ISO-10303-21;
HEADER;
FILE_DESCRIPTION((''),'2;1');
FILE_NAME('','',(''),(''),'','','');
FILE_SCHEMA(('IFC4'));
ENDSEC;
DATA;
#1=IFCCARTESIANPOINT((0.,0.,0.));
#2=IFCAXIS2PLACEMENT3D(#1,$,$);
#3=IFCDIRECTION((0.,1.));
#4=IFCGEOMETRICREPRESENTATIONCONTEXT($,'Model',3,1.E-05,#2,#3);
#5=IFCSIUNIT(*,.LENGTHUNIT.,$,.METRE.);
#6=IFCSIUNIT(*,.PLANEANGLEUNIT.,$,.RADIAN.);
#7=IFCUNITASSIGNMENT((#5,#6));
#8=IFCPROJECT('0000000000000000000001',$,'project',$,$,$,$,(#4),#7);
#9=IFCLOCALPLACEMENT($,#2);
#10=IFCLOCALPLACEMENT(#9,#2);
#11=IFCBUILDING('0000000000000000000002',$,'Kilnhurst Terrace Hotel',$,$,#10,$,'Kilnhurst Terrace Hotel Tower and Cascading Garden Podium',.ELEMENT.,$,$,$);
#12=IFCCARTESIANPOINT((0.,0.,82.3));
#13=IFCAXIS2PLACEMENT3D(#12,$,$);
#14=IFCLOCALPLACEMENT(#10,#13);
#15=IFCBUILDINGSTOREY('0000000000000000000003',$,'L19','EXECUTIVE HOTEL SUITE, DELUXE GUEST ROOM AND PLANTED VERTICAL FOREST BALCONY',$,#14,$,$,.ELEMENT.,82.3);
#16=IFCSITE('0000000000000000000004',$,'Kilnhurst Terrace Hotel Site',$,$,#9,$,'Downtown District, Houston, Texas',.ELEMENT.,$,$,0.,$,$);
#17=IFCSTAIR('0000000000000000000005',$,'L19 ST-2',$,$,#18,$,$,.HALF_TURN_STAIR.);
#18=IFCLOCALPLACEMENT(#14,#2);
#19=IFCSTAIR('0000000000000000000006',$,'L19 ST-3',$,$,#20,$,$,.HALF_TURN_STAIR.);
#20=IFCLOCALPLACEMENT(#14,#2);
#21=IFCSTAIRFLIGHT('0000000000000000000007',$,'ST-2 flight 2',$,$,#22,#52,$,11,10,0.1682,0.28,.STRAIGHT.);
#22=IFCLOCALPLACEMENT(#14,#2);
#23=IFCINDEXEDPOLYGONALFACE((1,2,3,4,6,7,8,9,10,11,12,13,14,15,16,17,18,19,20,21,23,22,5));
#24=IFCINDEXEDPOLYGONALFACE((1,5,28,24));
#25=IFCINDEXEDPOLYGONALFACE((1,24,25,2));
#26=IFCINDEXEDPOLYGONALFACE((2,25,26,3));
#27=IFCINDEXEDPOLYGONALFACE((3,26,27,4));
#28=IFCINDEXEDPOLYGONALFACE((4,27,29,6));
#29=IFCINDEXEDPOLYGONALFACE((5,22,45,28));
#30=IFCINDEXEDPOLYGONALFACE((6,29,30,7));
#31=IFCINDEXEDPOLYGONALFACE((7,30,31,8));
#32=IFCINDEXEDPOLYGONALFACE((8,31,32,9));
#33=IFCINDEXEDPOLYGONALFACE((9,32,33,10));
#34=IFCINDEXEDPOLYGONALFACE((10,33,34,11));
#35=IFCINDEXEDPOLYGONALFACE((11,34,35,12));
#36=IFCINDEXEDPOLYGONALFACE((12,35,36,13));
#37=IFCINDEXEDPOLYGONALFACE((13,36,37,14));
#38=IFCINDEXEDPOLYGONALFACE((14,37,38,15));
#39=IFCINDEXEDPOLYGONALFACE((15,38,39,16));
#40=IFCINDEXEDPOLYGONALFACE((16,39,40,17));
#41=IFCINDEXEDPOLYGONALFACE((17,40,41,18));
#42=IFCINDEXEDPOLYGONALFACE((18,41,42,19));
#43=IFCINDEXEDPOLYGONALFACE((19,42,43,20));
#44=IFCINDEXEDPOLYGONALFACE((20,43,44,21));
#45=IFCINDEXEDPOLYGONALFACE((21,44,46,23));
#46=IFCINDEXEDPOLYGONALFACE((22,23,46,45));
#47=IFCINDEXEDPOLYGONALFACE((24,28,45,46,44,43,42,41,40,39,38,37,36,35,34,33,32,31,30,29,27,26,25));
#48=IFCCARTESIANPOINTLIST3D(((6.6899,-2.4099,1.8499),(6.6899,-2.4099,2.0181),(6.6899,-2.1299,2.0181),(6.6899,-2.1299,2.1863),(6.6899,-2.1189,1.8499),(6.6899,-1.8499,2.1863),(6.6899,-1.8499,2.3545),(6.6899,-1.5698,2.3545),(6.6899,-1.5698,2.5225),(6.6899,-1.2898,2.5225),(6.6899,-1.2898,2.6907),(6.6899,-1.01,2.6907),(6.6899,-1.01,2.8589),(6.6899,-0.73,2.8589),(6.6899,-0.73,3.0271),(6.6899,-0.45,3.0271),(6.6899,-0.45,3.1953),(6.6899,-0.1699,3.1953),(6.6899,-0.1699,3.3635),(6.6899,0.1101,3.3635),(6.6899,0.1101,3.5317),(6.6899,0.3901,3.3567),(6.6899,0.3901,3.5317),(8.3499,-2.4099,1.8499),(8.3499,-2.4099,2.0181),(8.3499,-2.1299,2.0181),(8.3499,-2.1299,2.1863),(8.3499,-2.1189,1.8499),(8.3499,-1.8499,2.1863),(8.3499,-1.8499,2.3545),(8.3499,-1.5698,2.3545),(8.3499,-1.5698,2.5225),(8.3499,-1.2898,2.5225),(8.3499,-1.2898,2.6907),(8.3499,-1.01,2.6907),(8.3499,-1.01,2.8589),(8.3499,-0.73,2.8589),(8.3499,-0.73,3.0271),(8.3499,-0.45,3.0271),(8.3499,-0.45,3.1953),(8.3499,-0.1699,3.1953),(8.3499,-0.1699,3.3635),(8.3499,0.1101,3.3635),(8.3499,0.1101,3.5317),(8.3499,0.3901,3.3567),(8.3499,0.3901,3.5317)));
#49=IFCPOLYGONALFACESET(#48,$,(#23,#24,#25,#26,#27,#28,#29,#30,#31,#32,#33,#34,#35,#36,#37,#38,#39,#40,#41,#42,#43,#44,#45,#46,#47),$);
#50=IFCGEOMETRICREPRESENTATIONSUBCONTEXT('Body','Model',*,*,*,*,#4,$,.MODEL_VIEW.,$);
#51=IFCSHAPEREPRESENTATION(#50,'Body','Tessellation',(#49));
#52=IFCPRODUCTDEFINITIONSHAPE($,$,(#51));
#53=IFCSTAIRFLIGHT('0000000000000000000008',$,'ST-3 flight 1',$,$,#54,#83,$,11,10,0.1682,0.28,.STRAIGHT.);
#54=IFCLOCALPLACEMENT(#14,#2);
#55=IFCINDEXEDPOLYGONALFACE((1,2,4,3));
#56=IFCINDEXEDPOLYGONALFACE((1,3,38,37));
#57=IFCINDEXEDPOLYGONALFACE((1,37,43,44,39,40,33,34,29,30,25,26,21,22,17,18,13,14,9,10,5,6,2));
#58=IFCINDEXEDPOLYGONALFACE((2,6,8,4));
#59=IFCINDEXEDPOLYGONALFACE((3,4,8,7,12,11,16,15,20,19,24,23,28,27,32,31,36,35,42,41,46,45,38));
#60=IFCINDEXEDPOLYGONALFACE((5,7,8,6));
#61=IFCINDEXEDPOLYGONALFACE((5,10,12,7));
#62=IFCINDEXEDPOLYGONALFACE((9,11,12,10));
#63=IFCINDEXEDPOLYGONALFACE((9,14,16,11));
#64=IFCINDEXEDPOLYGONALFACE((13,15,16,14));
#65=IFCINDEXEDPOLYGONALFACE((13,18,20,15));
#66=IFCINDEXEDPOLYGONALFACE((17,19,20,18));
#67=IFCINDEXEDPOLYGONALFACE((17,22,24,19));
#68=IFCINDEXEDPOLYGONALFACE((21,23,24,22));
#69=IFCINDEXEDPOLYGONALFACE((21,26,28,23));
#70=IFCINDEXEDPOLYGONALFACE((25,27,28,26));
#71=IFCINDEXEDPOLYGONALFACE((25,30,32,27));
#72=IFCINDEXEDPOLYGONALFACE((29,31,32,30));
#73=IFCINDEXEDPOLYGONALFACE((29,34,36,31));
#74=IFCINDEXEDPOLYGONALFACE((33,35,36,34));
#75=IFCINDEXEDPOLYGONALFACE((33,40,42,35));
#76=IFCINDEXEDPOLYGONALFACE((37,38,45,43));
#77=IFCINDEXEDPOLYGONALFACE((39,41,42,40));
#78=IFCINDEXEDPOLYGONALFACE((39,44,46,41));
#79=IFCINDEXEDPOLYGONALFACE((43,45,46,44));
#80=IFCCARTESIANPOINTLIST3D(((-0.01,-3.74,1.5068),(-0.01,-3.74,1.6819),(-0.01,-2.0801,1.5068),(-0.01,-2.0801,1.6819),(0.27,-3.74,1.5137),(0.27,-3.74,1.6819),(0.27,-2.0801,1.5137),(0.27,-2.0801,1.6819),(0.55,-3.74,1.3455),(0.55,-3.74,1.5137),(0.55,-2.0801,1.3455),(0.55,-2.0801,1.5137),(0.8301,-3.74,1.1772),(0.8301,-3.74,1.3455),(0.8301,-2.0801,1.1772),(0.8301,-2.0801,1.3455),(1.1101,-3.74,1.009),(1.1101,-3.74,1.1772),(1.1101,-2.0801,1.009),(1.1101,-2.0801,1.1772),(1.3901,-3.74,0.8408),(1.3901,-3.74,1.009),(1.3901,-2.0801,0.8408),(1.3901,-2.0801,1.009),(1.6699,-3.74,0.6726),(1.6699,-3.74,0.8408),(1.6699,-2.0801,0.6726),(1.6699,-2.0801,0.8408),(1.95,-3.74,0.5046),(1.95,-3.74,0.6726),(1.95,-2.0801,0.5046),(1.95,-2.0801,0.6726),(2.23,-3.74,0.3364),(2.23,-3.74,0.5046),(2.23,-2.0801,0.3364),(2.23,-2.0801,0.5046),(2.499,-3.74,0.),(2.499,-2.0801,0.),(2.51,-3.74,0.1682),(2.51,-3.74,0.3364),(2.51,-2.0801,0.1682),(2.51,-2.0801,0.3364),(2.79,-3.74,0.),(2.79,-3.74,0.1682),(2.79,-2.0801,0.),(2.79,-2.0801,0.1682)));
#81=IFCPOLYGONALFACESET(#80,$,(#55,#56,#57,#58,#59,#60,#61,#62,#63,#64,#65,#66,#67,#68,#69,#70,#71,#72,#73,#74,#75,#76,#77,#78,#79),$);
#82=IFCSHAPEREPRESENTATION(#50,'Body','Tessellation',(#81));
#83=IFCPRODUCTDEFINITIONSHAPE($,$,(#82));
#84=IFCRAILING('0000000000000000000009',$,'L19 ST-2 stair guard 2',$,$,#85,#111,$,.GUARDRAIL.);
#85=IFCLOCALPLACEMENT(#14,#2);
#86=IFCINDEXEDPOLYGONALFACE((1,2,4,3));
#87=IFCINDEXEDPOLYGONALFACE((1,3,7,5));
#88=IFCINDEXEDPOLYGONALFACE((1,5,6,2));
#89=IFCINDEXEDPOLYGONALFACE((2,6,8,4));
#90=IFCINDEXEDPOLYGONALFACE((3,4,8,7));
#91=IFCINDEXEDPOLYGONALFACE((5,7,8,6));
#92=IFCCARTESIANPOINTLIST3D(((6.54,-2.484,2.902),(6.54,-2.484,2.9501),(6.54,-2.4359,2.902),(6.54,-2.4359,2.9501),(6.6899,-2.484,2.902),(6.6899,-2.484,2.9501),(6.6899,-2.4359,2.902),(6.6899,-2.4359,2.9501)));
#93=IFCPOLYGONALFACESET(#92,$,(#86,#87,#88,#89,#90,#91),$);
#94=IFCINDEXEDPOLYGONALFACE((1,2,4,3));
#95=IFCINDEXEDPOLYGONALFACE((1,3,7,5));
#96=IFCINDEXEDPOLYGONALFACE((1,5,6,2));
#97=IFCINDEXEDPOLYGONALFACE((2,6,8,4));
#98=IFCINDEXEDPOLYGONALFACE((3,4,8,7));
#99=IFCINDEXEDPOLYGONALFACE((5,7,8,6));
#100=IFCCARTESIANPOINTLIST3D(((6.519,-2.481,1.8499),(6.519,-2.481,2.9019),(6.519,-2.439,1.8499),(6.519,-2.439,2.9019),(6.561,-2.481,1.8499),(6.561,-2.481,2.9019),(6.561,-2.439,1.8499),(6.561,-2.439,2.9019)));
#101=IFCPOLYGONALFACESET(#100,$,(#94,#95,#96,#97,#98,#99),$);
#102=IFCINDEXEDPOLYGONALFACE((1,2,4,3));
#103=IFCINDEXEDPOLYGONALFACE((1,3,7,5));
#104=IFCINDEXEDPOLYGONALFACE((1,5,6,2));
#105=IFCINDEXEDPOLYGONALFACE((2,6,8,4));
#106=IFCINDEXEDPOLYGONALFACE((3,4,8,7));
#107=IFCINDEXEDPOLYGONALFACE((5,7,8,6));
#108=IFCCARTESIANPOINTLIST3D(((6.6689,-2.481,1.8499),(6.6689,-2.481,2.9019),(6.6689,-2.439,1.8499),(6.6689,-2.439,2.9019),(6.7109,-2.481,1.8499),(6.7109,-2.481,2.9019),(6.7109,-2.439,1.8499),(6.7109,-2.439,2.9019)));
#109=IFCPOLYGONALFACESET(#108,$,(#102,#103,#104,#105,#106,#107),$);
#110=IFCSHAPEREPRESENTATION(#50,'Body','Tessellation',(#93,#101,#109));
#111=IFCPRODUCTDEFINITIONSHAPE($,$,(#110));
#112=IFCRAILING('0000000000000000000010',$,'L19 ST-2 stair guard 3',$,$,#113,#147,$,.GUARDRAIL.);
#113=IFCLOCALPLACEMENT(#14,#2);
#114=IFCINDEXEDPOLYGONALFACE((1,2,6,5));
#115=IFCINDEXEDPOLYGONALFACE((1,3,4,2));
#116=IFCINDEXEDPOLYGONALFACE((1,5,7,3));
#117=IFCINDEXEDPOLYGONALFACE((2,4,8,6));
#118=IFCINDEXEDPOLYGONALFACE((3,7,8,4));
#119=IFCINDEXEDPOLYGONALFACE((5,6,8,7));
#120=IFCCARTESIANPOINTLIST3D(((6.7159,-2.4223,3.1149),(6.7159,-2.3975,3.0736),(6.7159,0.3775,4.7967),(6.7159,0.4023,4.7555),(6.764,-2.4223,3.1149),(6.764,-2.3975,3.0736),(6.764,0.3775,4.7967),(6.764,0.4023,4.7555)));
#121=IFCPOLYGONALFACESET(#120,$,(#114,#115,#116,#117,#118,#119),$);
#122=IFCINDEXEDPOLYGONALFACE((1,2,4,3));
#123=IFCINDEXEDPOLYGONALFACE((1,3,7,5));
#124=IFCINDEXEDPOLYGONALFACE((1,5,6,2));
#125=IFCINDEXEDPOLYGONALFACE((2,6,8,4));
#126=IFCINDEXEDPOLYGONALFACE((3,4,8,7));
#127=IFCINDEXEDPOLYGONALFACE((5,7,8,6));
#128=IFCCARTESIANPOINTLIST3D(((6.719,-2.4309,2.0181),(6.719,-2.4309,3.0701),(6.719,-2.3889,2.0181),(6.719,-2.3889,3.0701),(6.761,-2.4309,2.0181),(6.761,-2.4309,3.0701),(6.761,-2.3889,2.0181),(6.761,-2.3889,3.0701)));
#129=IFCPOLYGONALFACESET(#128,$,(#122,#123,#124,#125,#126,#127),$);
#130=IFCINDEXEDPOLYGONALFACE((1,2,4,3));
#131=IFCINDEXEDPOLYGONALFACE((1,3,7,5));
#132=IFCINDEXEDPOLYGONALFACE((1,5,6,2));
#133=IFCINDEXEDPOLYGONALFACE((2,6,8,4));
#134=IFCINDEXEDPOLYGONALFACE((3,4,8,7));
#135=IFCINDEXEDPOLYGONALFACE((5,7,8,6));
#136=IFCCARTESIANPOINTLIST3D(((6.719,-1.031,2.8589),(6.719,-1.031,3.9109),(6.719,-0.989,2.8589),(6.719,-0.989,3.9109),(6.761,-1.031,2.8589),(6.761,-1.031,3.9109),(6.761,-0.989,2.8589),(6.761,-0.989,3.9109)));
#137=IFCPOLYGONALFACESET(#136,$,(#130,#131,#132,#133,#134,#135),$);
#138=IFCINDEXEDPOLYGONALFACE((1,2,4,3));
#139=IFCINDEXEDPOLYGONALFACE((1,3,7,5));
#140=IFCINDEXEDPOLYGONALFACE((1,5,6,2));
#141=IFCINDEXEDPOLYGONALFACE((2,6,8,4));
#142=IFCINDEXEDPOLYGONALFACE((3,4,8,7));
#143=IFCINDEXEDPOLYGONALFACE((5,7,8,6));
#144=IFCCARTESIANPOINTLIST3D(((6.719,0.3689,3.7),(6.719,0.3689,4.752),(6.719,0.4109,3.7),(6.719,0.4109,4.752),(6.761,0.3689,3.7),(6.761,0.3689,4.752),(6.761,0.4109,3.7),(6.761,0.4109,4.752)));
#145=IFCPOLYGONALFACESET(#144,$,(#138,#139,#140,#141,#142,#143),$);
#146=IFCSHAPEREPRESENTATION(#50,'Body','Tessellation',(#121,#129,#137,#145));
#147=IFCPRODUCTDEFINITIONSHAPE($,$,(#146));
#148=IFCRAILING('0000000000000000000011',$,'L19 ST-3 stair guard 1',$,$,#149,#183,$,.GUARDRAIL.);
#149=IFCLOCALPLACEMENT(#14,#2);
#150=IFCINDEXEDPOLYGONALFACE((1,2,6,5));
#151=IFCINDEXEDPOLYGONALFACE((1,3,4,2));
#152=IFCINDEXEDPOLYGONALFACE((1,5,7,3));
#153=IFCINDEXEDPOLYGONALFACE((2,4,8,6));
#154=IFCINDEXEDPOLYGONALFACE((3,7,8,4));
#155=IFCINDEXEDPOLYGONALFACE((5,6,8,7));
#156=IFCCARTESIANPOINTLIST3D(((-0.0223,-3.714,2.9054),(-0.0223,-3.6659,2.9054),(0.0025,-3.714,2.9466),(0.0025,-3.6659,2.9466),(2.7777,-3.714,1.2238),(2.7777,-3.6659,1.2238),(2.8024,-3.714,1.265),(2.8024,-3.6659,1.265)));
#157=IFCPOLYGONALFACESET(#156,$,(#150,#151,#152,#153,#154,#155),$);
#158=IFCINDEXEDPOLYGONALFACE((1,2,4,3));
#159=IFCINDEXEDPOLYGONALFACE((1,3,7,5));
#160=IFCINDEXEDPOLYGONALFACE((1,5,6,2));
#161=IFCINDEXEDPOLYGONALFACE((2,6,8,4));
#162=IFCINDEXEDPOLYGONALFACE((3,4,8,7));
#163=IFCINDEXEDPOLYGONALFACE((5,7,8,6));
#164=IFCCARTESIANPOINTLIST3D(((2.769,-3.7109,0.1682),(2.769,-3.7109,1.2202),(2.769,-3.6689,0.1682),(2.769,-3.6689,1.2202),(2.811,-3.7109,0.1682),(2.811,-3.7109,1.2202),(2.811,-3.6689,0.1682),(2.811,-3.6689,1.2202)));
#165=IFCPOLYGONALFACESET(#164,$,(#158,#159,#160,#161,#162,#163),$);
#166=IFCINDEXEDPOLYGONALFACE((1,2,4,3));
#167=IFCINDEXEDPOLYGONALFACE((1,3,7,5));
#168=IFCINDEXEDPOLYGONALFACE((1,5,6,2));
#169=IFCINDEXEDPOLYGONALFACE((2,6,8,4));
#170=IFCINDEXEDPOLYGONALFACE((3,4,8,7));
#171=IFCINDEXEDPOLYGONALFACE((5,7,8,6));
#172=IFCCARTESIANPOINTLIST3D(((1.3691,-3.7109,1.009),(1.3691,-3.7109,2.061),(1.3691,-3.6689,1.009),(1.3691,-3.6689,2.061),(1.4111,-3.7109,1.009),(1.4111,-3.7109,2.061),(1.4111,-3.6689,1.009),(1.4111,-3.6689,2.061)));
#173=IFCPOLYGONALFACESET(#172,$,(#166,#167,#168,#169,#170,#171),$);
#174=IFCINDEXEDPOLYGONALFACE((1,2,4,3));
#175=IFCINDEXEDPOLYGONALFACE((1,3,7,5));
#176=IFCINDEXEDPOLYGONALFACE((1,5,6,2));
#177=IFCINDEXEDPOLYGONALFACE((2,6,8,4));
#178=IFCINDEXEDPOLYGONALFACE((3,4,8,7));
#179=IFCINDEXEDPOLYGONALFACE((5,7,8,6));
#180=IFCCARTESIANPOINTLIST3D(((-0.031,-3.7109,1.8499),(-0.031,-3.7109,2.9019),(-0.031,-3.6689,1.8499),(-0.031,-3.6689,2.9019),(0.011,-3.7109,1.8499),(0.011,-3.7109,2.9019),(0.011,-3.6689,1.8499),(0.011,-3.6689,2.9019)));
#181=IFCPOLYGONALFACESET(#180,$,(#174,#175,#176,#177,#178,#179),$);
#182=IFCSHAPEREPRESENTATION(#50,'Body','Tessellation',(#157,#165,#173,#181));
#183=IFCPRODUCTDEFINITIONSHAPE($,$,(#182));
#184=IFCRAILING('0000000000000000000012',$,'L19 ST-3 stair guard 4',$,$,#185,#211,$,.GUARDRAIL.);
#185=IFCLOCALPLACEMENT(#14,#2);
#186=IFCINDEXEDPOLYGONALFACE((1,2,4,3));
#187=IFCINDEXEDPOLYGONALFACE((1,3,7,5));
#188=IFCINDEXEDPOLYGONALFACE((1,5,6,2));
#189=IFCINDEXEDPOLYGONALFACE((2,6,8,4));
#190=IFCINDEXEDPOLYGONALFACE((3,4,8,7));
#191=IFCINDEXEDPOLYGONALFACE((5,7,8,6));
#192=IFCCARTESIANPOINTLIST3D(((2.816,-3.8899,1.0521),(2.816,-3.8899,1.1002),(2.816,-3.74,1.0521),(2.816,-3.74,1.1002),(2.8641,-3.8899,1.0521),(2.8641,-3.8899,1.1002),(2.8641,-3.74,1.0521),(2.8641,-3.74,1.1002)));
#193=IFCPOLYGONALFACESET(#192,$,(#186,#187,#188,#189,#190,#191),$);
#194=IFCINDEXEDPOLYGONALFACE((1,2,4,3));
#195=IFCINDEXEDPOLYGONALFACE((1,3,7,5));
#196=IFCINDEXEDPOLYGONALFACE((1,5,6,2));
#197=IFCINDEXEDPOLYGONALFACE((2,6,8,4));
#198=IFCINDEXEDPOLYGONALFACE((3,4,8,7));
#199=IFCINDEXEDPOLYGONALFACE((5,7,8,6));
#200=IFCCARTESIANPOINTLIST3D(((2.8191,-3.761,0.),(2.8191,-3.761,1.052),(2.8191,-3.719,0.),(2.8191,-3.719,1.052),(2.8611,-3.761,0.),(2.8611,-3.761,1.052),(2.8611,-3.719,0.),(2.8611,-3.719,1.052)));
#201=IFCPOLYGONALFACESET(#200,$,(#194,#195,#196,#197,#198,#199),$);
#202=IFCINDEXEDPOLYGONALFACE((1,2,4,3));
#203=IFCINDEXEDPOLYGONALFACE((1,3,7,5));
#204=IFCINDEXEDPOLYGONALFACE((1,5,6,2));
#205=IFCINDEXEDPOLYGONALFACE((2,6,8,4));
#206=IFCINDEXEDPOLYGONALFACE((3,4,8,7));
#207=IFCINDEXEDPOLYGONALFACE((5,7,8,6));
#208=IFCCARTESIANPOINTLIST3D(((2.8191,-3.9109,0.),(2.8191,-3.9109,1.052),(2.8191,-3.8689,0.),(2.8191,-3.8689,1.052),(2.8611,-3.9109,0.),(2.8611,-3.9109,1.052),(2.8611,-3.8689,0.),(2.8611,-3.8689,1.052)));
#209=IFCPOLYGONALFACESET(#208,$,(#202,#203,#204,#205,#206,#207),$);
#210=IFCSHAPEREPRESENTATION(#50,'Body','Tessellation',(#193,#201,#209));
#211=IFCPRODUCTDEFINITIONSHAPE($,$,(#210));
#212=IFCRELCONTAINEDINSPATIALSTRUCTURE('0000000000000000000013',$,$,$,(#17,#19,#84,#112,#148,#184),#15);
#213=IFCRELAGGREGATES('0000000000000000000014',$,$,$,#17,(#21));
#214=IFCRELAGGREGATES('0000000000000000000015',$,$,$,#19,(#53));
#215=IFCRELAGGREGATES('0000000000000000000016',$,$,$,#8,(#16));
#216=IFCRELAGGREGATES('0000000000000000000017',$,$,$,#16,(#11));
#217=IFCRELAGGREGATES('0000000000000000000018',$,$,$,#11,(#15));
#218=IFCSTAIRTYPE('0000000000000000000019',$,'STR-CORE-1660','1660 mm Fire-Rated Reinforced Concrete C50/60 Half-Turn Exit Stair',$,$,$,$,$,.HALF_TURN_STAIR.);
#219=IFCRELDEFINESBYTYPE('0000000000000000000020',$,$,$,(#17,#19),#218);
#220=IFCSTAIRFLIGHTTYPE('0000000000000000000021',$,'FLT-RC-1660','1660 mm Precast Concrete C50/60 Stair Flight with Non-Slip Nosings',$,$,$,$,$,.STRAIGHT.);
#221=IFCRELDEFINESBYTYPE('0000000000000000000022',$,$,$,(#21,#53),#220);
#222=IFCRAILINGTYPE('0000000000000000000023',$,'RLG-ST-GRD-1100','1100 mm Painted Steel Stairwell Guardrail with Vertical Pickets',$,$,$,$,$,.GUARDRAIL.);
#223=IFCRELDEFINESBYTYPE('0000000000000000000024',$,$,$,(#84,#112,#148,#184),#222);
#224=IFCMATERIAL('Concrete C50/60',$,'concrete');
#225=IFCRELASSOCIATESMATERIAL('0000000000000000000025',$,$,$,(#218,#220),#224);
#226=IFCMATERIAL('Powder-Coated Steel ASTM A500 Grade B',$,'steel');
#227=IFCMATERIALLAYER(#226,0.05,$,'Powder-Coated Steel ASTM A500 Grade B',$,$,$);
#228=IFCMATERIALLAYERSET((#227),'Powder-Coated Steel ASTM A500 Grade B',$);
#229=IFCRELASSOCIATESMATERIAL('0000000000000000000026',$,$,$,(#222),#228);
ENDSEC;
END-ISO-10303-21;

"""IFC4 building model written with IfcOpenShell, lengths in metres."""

from ifc_helpers import new_model, si_unit, direction, frame, origin, origin_2d, place, context, subcontext, project, spatial, polyline, rectangle, outline, extrude, material, layer, layer_set, type_object, element, aggregate, save


model = new_model("IFC4")

# Units and contexts
model_context = context("Model", 3, precision=1e-05, world=origin(), true_north=direction((0.0, 1.0)))
body_context = subcontext(model_context, "Body", "Model", "MODEL_VIEW")
ifc_project = project(units=[si_unit("LENGTHUNIT", "METRE"), si_unit("PLANEANGLEUNIT", "RADIAN")], contexts=[model_context])

# Site, building, storey
site_placement = place(None, origin())
site = spatial("IfcSite", under=ifc_project, at=site_placement, Name="Kilnhurst Terrace Hotel Site", LongName="Downtown District, Houston, Texas", CompositionType="ELEMENT", RefElevation=0.0)
building_placement = place(site_placement, origin())
building = spatial("IfcBuilding", under=site, at=building_placement, Name="Kilnhurst Terrace Hotel", LongName="Kilnhurst Terrace Hotel Tower and Cascading Garden Podium", CompositionType="ELEMENT")
storey_placement = place(building_placement, frame((0.0, 0.0, 82.3)))
storey = spatial("IfcBuildingStorey", under=building, at=storey_placement, Name="L19", Description="EXECUTIVE HOTEL SUITE, DELUXE GUEST ROOM AND PLANTED VERTICAL FOREST BALCONY", CompositionType="ELEMENT", Elevation=82.3)

# Shared definitions
ifc_material_1 = material(Name="Concrete C50/60", Category="concrete")

# Stairs
stair_type = type_object("IfcStairType", Name="STR-CORE-1660", Description="1660 mm Fire-Rated Reinforced Concrete C50/60 Half-Turn Exit Stair", PredefinedType="HALF_TURN_STAIR", material=ifc_material_1)
stair_1_placement = place(storey_placement, origin())
stair_1 = element("IfcStair", 1, at=stair_1_placement, inside=storey, type_object=stair_type, Name="L19 ST-2", PredefinedType="HALF_TURN_STAIR")
stair_2_placement = place(storey_placement, origin())
stair_2 = element("IfcStair", 2, at=stair_2_placement, inside=storey, type_object=stair_type, Name="L19 ST-3", PredefinedType="HALF_TURN_STAIR")

# Stair flights
stair_flight_type = type_object("IfcStairFlightType", Name="FLT-RC-1660", Description="1660 mm Precast Concrete C50/60 Stair Flight with Non-Slip Nosings", PredefinedType="STRAIGHT", material=ifc_material_1)
stair_flight_1_placement = place(storey_placement, frame((7.52, -2.4099, 1.8499), z_axis=(0.0, 0.0, 1.0), x_axis=(0.0, 1.0, 0.0)))
stair_flight_1 = element("IfcStairFlight", 3, at=stair_flight_1_placement, type_object=stair_flight_type, Name="ST-2 flight 2", NumberOfRisers=11, NumberOfTreads=10, PredefinedType="STRAIGHT", RiserHeight=0.1682, TreadLength=0.28, context=body_context, shape_type="SweptSolid", body=[
    extrude(outline(polyline([(0.0, 0.0), (0.0, 0.1682), (0.28, 0.1682), (0.28, 0.3364), (0.5601, 0.3364), (0.5601, 0.5046), (0.8401, 0.5046), (0.8401, 0.6726), (1.1201, 0.6726), (1.1201, 0.8408), (1.3999, 0.8408), (1.3999, 1.009), (1.6799, 1.009), (1.6799, 1.1772), (1.96, 1.1772), (1.96, 1.3455), (2.24, 1.3455), (2.24, 1.5137), (2.52, 1.5137), (2.52, 1.6819), (2.8, 1.6819), (2.8, 1.8501), (2.8, 1.5068), (0.291, 0.0), (0.0, 0.0)])), frame((0.0, 0.8301, 0.0), z_axis=(0.0, -1.0, 0.0), x_axis=(1.0, 0.0, 0.0)), (0.0, 0.0, 1.0), 1.6599),
])
aggregate(stair_1, [stair_flight_1])
stair_flight_2_placement = place(storey_placement, frame((2.79, -2.9099, 0.0), z_axis=(0.0, 0.0, 1.0), x_axis=(-1.0, 0.0, 0.0)))
stair_flight_2 = element("IfcStairFlight", 4, at=stair_flight_2_placement, type_object=stair_flight_type, Name="ST-3 flight 1", NumberOfRisers=11, NumberOfTreads=10, PredefinedType="STRAIGHT", RiserHeight=0.1682, TreadLength=0.28, context=body_context, shape_type="SweptSolid", body=[
    extrude(outline(polyline([(0.0, 0.0), (0.0, 0.1682), (0.28, 0.1682), (0.28, 0.3364), (0.5601, 0.3364), (0.5601, 0.5046), (0.8401, 0.5046), (0.8401, 0.6726), (1.1201, 0.6726), (1.1201, 0.8408), (1.3999, 0.8408), (1.3999, 1.009), (1.6799, 1.009), (1.6799, 1.1772), (1.96, 1.1772), (1.96, 1.3455), (2.24, 1.3455), (2.24, 1.5137), (2.52, 1.5137), (2.52, 1.6819), (2.8, 1.6819), (2.8, 1.8501), (2.8, 1.5068), (0.291, 0.0), (0.0, 0.0)])), frame((0.0, 0.8301, 0.0), z_axis=(0.0, -1.0, 0.0), x_axis=(1.0, 0.0, 0.0)), (0.0, 0.0, 1.0), 1.6599),
])
aggregate(stair_2, [stair_flight_2])

# Railings
ifc_material_2 = material(Name="Powder-Coated Steel ASTM A500 Grade B", Category="steel")
ifc_layer_1 = layer(ifc_material_2, 0.05, Name="Powder-Coated Steel ASTM A500 Grade B")
ifc_layer_set_1 = layer_set([ifc_layer_1], Name="Powder-Coated Steel ASTM A500 Grade B")
railing_type_1 = type_object("IfcRailingType", Name="RLG-ST-GRD-1100", Description="1100 mm Painted Steel Stairwell Guardrail with Vertical Pickets", PredefinedType="GUARDRAIL", material=ifc_layer_set_1)
railing_1_placement = place(storey_placement, frame((6.54, -2.46, 1.8499)))
element("IfcRailing", 5, at=railing_1_placement, inside=storey, type_object=railing_type_1, Name="L19 ST-2 stair guard 2", PredefinedType="GUARDRAIL", context=body_context, shape_type="SweptSolid", body=[
    extrude(rectangle(XDim=0.0481, YDim=0.0481, at=origin_2d()), frame((0.0, 0.0, 1.0762), z_axis=(1.0, 0.0, 0.0), x_axis=(0.0, 1.0, 0.0)), (0.0, 0.0, 1.0), 0.1499),
    extrude(rectangle(XDim=0.042, YDim=0.042, at=origin_2d()), origin(), (0.0, 0.0, 1.0), 1.052),
    extrude(rectangle(XDim=0.042, YDim=0.042, at=origin_2d()), frame((0.1499, 0.0, 0.0)), (0.0, 0.0, 1.0), 1.052),
])
railing_2_placement = place(storey_placement, frame((6.74, -2.4099, 2.0181)))
element("IfcRailing", 6, at=railing_2_placement, inside=storey, type_object=railing_type_1, Name="L19 ST-2 stair guard 3", PredefinedType="GUARDRAIL", context=body_context, shape_type="SweptSolid", body=[
    extrude(rectangle(XDim=0.0481, YDim=0.0481, at=origin_2d()), frame((0.0, 0.0, 1.0762), z_axis=(0.0, 0.857222, 0.514946), x_axis=(-1.0, 0.0, 0.0)), (0.0, 0.0, 1.0), 3.2661),
    extrude(rectangle(XDim=0.042, YDim=0.042, at=origin_2d()), origin(), (0.0, 0.0, 1.0), 1.052),
    extrude(rectangle(XDim=0.042, YDim=0.042, at=origin_2d()), frame((0.0, 1.3999, 0.8408)), (0.0, 0.0, 1.0), 1.052),
    extrude(rectangle(XDim=0.042, YDim=0.042, at=origin_2d()), frame((0.0, 2.7998, 1.6819)), (0.0, 0.0, 1.0), 1.052),
])
railing_3_placement = place(storey_placement, frame((2.79, -3.6899, 0.1682)))
element("IfcRailing", 7, at=railing_3_placement, inside=storey, type_object=railing_type_1, Name="L19 ST-3 stair guard 1", PredefinedType="GUARDRAIL", context=body_context, shape_type="SweptSolid", body=[
    extrude(rectangle(XDim=0.0481, YDim=0.0481, at=origin_2d()), frame((0.0, 0.0, 1.0762), z_axis=(-0.857275, 0.0, 0.514858), x_axis=(0.0, -1.0, 0.0)), (0.0, 0.0, 1.0), 3.2661),
    extrude(rectangle(XDim=0.042, YDim=0.042, at=origin_2d()), origin(), (0.0, 0.0, 1.0), 1.052),
    extrude(rectangle(XDim=0.042, YDim=0.042, at=origin_2d()), frame((-1.3999, 0.0, 0.8408)), (0.0, 0.0, 1.0), 1.052),
    extrude(rectangle(XDim=0.042, YDim=0.042, at=origin_2d()), frame((-2.8, 0.0, 1.6816)), (0.0, 0.0, 1.0), 1.052),
])
railing_4_placement = place(storey_placement, frame((2.8401, -3.74, 0.0)))
element("IfcRailing", 8, at=railing_4_placement, inside=storey, type_object=railing_type_1, Name="L19 ST-3 stair guard 4", PredefinedType="GUARDRAIL", context=body_context, shape_type="SweptSolid", body=[
    extrude(rectangle(XDim=0.0481, YDim=0.0481, at=origin_2d()), frame((0.0, 0.0, 1.0762), z_axis=(0.0, -1.0, 0.0), x_axis=(1.0, 0.0, 0.0)), (0.0, 0.0, 1.0), 0.1499),
    extrude(rectangle(XDim=0.042, YDim=0.042, at=origin_2d()), origin(), (0.0, 0.0, 1.0), 1.052),
    extrude(rectangle(XDim=0.042, YDim=0.042, at=origin_2d()), frame((0.0, -0.1499, 0.0)), (0.0, 0.0, 1.0), 1.052),
])

save(model, "model.ifc")
